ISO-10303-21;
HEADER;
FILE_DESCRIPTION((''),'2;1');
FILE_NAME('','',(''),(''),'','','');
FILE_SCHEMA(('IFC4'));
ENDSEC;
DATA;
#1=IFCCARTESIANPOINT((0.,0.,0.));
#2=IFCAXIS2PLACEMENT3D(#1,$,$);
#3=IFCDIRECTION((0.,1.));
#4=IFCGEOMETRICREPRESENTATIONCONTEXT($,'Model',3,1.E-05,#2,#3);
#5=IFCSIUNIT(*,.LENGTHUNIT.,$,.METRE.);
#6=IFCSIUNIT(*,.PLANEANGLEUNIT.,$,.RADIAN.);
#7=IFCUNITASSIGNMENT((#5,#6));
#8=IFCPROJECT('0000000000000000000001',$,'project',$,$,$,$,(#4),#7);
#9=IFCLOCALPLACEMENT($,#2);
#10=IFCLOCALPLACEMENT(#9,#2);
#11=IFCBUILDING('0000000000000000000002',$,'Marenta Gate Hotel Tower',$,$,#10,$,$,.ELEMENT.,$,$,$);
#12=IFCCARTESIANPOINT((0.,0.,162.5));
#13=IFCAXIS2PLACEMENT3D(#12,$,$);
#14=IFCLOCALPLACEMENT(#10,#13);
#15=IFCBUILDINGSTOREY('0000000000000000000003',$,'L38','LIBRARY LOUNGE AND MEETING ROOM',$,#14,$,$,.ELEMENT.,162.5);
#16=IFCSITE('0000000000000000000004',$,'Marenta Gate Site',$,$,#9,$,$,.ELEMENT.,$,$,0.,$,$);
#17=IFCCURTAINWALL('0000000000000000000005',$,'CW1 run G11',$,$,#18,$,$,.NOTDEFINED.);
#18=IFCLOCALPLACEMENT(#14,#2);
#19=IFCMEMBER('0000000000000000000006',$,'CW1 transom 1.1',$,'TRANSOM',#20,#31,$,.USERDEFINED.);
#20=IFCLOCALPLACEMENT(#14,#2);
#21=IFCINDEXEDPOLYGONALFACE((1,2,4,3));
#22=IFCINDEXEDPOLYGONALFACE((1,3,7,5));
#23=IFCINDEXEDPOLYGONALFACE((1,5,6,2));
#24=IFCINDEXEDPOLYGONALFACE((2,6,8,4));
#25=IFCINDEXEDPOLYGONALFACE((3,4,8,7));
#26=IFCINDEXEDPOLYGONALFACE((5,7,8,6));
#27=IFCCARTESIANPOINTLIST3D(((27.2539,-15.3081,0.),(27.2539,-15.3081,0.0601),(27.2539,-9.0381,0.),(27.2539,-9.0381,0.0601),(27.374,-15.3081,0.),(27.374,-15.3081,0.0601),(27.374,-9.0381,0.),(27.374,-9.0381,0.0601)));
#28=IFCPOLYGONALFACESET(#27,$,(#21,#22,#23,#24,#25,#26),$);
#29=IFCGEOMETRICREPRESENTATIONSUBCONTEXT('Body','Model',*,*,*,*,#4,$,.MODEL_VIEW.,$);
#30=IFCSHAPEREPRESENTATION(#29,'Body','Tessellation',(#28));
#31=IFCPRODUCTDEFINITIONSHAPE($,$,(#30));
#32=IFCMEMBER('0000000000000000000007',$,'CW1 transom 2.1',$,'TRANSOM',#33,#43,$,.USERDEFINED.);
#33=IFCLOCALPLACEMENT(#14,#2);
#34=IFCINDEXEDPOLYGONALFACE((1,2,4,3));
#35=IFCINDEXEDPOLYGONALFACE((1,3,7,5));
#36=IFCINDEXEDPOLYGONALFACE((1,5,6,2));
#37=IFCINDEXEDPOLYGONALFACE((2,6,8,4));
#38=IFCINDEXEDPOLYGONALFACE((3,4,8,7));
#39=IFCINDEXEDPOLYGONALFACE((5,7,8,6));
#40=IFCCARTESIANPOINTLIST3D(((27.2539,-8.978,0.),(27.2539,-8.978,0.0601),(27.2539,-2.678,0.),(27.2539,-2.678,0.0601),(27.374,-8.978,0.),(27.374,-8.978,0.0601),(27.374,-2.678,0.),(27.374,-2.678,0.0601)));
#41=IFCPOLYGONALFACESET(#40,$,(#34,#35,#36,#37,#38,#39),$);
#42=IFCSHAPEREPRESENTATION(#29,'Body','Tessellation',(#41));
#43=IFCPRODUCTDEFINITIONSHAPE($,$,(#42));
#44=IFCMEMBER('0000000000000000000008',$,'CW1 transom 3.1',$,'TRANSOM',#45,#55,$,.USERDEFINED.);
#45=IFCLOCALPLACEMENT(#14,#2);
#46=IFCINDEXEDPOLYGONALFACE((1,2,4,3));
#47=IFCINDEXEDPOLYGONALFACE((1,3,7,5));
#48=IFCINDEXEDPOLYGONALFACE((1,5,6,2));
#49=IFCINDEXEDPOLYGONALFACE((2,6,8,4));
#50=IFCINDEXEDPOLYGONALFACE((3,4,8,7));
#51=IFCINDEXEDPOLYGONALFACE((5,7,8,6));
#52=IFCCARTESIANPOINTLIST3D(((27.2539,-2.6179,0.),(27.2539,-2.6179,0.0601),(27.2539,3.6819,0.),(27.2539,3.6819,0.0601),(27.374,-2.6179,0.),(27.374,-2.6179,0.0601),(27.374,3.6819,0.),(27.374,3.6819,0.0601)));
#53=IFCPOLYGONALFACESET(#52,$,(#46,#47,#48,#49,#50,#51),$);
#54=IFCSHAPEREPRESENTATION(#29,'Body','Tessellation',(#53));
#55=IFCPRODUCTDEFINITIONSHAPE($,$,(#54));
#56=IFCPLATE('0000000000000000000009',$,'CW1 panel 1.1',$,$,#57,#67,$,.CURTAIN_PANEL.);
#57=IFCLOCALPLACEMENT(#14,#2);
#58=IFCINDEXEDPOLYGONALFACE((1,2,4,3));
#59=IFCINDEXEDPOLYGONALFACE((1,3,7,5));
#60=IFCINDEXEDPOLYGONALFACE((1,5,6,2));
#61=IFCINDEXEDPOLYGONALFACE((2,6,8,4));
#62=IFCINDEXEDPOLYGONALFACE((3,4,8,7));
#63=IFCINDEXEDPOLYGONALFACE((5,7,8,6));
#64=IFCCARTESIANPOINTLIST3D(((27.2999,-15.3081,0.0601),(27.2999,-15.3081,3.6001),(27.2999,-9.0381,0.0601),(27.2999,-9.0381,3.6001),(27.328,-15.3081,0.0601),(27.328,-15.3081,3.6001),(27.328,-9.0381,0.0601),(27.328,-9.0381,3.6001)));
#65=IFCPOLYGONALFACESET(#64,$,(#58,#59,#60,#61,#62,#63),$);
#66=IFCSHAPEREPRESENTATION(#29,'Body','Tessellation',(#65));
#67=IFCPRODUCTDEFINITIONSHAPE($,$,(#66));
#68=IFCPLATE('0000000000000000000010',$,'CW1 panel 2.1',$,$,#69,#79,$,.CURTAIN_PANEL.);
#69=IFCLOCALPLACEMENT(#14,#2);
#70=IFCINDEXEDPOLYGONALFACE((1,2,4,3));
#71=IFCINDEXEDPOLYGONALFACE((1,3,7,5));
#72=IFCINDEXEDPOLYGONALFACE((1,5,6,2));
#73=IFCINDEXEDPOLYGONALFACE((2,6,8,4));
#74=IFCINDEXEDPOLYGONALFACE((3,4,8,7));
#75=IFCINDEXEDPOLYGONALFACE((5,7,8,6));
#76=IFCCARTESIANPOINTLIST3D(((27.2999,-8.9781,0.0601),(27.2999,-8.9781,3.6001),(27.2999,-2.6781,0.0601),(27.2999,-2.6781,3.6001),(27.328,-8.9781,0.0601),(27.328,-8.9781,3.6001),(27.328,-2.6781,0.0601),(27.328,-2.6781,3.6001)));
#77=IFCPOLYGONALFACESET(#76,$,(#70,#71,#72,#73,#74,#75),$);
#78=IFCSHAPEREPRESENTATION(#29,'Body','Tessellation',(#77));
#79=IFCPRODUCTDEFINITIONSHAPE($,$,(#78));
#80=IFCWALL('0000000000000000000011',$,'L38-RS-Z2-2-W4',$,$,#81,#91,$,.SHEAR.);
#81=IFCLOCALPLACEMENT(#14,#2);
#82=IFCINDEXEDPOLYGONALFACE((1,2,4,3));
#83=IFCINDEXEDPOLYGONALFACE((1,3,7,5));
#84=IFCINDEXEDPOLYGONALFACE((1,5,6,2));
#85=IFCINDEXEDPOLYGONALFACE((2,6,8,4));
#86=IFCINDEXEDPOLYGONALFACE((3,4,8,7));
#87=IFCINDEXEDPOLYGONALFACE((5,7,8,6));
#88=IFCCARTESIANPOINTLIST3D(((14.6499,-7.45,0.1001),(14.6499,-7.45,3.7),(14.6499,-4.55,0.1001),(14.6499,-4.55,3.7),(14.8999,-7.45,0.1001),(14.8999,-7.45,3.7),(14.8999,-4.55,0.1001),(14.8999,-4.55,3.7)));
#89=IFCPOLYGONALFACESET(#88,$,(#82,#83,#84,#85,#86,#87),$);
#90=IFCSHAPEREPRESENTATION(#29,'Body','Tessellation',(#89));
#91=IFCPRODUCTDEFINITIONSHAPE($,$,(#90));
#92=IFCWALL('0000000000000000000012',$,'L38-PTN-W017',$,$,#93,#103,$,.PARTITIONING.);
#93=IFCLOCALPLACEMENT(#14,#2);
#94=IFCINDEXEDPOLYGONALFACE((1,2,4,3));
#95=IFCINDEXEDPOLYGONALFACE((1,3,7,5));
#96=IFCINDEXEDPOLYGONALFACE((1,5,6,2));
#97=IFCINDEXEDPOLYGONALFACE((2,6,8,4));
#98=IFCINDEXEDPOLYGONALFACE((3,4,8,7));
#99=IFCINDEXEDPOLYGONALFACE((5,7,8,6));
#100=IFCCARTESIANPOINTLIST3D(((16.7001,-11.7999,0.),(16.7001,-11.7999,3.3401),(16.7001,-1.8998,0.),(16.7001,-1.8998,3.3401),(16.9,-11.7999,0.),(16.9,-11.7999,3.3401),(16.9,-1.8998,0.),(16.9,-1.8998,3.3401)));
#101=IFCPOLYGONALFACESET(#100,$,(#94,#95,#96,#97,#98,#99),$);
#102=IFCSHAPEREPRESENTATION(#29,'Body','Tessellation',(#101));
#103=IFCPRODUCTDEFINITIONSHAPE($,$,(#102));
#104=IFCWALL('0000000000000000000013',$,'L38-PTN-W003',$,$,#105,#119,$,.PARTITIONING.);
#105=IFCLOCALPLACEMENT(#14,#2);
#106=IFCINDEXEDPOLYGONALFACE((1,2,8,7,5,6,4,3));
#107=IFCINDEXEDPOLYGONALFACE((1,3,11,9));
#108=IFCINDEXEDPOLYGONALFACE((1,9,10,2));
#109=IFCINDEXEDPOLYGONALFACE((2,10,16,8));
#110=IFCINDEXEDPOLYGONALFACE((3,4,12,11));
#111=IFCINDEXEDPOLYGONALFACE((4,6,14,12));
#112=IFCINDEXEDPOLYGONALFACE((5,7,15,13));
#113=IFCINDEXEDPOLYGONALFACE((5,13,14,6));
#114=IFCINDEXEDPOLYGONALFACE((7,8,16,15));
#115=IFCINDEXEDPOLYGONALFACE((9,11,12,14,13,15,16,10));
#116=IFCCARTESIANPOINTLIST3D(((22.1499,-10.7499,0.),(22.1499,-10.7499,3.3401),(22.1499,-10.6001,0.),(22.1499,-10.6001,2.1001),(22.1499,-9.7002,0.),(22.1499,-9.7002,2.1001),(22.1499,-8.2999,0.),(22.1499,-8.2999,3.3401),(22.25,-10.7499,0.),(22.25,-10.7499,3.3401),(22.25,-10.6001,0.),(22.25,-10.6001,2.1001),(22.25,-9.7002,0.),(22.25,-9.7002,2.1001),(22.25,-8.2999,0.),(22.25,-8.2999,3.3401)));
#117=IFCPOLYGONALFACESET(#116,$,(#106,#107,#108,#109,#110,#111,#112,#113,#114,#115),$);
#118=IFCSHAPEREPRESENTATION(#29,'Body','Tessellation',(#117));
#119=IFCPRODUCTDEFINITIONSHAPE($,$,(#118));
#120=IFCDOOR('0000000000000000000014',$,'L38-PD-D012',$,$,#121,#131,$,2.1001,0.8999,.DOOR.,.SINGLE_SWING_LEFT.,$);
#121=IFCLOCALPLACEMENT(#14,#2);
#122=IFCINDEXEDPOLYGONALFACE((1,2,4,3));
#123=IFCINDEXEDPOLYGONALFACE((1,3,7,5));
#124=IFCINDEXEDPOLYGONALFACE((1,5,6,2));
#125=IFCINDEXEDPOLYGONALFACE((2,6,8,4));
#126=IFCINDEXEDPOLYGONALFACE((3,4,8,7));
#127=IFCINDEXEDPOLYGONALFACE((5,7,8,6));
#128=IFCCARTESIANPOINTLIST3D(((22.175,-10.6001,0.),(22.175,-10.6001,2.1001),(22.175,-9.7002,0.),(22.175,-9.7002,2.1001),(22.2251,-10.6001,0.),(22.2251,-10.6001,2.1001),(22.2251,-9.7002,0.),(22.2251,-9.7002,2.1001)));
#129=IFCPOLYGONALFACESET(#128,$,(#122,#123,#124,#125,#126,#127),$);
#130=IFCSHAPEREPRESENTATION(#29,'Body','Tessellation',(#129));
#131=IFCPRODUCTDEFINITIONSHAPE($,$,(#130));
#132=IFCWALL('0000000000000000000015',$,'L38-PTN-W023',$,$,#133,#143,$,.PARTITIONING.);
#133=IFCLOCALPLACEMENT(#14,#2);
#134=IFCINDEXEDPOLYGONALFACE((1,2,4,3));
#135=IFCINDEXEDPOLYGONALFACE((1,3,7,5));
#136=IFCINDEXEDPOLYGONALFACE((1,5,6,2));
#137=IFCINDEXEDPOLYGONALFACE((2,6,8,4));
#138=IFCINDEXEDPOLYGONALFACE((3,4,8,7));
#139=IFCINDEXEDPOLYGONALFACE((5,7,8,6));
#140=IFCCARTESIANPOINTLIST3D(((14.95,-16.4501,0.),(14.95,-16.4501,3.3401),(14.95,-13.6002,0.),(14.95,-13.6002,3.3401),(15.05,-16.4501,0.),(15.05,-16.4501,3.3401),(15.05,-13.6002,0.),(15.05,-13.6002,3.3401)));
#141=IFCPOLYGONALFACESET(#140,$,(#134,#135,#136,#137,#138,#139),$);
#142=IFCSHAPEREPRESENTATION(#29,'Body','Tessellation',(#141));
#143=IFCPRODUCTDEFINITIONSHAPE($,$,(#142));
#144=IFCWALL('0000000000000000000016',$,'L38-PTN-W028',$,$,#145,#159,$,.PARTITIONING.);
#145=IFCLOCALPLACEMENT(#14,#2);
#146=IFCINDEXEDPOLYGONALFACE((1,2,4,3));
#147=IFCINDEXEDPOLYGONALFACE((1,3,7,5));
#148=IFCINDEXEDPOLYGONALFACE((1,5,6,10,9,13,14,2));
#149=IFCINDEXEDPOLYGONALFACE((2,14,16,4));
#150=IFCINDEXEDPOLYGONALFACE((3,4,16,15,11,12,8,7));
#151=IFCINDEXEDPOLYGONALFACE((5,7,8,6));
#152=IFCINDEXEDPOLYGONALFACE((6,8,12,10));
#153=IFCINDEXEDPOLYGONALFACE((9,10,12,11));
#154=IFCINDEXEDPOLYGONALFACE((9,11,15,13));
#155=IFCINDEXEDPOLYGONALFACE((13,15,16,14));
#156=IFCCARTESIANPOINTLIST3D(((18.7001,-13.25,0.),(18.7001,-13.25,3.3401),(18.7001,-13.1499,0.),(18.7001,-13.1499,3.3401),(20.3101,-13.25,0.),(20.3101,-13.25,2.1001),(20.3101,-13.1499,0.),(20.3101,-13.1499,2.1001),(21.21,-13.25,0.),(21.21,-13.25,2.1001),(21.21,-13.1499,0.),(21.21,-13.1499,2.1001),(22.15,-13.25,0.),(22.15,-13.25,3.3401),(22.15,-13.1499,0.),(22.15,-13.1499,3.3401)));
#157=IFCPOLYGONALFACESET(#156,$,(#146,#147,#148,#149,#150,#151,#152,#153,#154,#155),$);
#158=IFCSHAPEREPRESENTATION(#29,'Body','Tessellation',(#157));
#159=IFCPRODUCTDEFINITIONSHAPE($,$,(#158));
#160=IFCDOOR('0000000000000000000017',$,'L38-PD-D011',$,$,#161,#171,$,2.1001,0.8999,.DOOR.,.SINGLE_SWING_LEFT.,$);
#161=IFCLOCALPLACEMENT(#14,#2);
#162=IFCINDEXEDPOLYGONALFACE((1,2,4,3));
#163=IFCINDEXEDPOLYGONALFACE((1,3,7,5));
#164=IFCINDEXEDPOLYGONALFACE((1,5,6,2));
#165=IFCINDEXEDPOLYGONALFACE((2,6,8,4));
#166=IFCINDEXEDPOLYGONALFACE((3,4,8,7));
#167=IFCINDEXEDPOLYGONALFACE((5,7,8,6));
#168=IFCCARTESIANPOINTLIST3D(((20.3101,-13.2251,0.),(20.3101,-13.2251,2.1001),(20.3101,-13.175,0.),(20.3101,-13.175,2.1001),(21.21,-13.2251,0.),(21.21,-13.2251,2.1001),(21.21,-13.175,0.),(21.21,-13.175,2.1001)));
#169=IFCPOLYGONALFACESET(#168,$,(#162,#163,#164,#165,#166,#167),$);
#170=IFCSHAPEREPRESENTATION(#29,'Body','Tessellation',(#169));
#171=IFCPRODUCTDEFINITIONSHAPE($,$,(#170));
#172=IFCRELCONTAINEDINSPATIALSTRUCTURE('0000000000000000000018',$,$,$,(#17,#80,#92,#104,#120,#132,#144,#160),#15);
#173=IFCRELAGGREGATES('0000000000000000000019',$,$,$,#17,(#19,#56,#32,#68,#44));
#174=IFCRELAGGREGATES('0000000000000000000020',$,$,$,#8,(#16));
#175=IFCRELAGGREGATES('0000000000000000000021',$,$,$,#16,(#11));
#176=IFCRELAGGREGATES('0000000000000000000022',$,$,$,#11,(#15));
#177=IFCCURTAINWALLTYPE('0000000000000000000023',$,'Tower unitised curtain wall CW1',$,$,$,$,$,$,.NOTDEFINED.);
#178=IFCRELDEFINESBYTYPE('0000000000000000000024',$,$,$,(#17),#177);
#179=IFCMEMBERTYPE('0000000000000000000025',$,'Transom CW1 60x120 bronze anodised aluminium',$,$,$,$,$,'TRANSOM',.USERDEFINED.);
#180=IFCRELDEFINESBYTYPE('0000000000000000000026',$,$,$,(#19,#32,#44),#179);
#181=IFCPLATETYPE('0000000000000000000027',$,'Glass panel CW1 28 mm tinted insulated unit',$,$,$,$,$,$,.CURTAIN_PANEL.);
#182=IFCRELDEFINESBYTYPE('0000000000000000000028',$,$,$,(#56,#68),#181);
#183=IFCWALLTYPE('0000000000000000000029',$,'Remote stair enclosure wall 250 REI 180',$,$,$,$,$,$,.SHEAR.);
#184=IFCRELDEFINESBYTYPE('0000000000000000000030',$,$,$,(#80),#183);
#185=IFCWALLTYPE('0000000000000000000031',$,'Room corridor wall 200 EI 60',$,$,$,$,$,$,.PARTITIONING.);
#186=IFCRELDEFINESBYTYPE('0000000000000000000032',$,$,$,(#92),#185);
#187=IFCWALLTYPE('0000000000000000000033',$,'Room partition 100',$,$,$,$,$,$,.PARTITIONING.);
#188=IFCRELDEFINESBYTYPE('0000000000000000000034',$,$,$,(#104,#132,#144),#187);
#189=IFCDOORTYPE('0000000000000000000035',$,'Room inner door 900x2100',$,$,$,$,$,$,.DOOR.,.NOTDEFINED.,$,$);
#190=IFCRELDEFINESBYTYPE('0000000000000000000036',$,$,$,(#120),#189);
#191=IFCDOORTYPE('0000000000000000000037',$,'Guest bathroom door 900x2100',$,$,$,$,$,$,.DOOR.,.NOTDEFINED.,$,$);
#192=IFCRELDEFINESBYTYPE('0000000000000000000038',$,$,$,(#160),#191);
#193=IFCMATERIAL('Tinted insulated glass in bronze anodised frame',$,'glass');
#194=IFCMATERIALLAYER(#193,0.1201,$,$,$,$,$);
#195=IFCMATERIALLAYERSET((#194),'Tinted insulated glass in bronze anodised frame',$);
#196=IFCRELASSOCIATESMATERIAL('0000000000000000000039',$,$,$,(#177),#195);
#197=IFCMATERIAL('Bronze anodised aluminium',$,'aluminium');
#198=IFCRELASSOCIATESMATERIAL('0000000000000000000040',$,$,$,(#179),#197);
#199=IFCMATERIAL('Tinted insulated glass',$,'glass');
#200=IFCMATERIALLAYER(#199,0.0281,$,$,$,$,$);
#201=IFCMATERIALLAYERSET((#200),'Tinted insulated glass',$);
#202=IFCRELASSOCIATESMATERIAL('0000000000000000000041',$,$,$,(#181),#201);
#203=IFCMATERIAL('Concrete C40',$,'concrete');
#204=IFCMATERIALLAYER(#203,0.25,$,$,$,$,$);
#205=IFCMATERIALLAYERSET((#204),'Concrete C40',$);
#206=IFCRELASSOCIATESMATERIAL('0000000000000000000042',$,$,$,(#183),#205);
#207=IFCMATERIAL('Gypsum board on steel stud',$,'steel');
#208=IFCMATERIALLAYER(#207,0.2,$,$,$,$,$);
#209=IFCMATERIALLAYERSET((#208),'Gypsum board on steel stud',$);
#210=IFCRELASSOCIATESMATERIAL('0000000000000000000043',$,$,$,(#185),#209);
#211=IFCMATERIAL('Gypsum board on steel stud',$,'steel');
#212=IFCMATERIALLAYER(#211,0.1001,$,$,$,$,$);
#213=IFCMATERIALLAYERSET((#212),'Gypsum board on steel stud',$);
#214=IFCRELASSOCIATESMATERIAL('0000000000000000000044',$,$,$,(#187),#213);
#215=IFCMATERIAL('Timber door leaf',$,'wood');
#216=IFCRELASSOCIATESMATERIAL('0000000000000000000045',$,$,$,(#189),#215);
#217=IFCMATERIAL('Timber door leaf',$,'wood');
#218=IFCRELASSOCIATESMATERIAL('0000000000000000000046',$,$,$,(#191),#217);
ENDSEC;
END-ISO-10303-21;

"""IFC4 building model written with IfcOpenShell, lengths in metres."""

from ifc_helpers import new_model, si_unit, direction, frame, frame_2d, origin, origin_2d, place, context, subcontext, project, spatial, rectangle, extrude, material, layer, layer_set, material_profile, profile_set, type_object, element, fill, aggregate, save


model = new_model("IFC4")

# Units and contexts
model_context = context("Model", 3, precision=1e-05, world=origin(), true_north=direction((0.0, 1.0)))
body_context = subcontext(model_context, "Body", "Model", "MODEL_VIEW")
ifc_project = project(units=[si_unit("LENGTHUNIT", "METRE"), si_unit("PLANEANGLEUNIT", "RADIAN")], contexts=[model_context])

# Site, building, storey
site_placement = place(None, origin())
site = spatial("IfcSite", under=ifc_project, at=site_placement, Name="Marenta Gate Site", CompositionType="ELEMENT", RefElevation=0.0)
building_placement = place(site_placement, origin())
building = spatial("IfcBuilding", under=site, at=building_placement, Name="Marenta Gate Hotel Tower", CompositionType="ELEMENT")
storey_placement = place(building_placement, frame((0.0, 0.0, 162.5)))
storey = spatial("IfcBuildingStorey", under=building, at=storey_placement, Name="L38", Description="LIBRARY LOUNGE AND MEETING ROOM", CompositionType="ELEMENT", Elevation=162.5)

# Curtain wall, members, plates
ifc_material_1 = material(Name="Tinted insulated glass in bronze anodised frame", Category="glass")
ifc_layer_1 = layer(ifc_material_1, 0.1201)
ifc_layer_set_1 = layer_set([ifc_layer_1], Name="Tinted insulated glass in bronze anodised frame")
curtain_wall_type = type_object("IfcCurtainWallType", Name="Tower unitised curtain wall CW1", PredefinedType="NOTDEFINED", material=ifc_layer_set_1)
curtain_wall_placement = place(storey_placement, origin())
curtain_wall = element("IfcCurtainWall", 1, at=curtain_wall_placement, inside=storey, type_object=curtain_wall_type, Name="CW1 run G11", PredefinedType="NOTDEFINED")
ifc_material_2 = material(Name="Bronze anodised aluminium", Category="aluminium")
ifc_material_profile_1 = material_profile(ifc_material_2, rectangle(XDim=0.1201, YDim=0.0601, at=origin_2d()), Name="Transom CW1 60x120 bronze anodised aluminium")
ifc_profile_set_1 = profile_set([ifc_material_profile_1], Name="Bronze anodised aluminium")
member_type_1 = type_object("IfcMemberType", Name="Transom CW1 60x120 bronze anodised aluminium", ElementType="TRANSOM", PredefinedType="USERDEFINED", material=ifc_profile_set_1)
member_1_placement = place(storey_placement, frame((27.314, -15.3081, 0.03), z_axis=(0.0, 1.0, 0.0), x_axis=(-1.0, 0.0, 0.0)))
member_1 = element("IfcMember", 2, at=member_1_placement, type_object=member_type_1, Name="CW1 transom 1.1", ObjectType="TRANSOM", PredefinedType="USERDEFINED", context=body_context, shape_type="SweptSolid", body=[
    extrude(rectangle(XDim=0.1201, YDim=0.0601, at=origin_2d()), origin(), (0.0, 0.0, 1.0), 6.27),
])
member_2_placement = place(storey_placement, frame((27.314, -8.978, 0.03), z_axis=(0.0, 1.0, 0.0), x_axis=(-1.0, 0.0, 0.0)))
member_2 = element("IfcMember", 3, at=member_2_placement, type_object=member_type_1, Name="CW1 transom 2.1", ObjectType="TRANSOM", PredefinedType="USERDEFINED", context=body_context, shape_type="SweptSolid", body=[
    extrude(rectangle(XDim=0.1201, YDim=0.0601, at=origin_2d()), origin(), (0.0, 0.0, 1.0), 6.3),
])
member_3_placement = place(storey_placement, frame((27.314, -2.6179, 0.03), z_axis=(0.0, 1.0, 0.0), x_axis=(-1.0, 0.0, 0.0)))
member_3 = element("IfcMember", 4, at=member_3_placement, type_object=member_type_1, Name="CW1 transom 3.1", ObjectType="TRANSOM", PredefinedType="USERDEFINED", context=body_context, shape_type="SweptSolid", body=[
    extrude(rectangle(XDim=0.1201, YDim=0.0601, at=origin_2d()), origin(), (0.0, 0.0, 1.0), 6.2998),
])
ifc_material_3 = material(Name="Tinted insulated glass", Category="glass")
ifc_layer_2 = layer(ifc_material_3, 0.0281)
ifc_layer_set_2 = layer_set([ifc_layer_2], Name="Tinted insulated glass")
plate_type = type_object("IfcPlateType", Name="Glass panel CW1 28 mm tinted insulated unit", PredefinedType="CURTAIN_PANEL", material=ifc_layer_set_2)
plate_1_placement = place(storey_placement, frame((27.314, -12.1731, 0.0601), z_axis=(0.0, 0.0, 1.0), x_axis=(0.0, 1.0, 0.0)))
plate_1 = element("IfcPlate", 5, at=plate_1_placement, type_object=plate_type, Name="CW1 panel 1.1", PredefinedType="CURTAIN_PANEL", context=body_context, shape_type="SweptSolid", body=[
    extrude(rectangle(XDim=6.27, YDim=0.0281, at=origin_2d()), origin(), (0.0, 0.0, 1.0), 3.54),
])
plate_2_placement = place(storey_placement, frame((27.314, -5.8281, 0.0601), z_axis=(0.0, 0.0, 1.0), x_axis=(0.0, 1.0, 0.0)))
plate_2 = element("IfcPlate", 6, at=plate_2_placement, type_object=plate_type, Name="CW1 panel 2.1", PredefinedType="CURTAIN_PANEL", context=body_context, shape_type="SweptSolid", body=[
    extrude(rectangle(XDim=6.3, YDim=0.0281, at=origin_2d()), origin(), (0.0, 0.0, 1.0), 3.54),
])
aggregate(curtain_wall, [member_1, plate_1, member_2, plate_2, member_3])

# Walls
ifc_material_4 = material(Name="Concrete C40", Category="concrete")
ifc_layer_3 = layer(ifc_material_4, 0.25)
ifc_layer_set_3 = layer_set([ifc_layer_3], Name="Concrete C40")
wall_type_1 = type_object("IfcWallType", Name="Remote stair enclosure wall 250 REI 180", PredefinedType="SHEAR", material=ifc_layer_set_3)
wall_1_placement = place(storey_placement, frame((14.7749, -7.45, 0.1001), z_axis=(0.0, 0.0, 1.0), x_axis=(0.0, 1.0, 0.0)))
element("IfcWall", 7, at=wall_1_placement, inside=storey, type_object=wall_type_1, Name="L38-RS-Z2-2-W4", PredefinedType="SHEAR", context=body_context, shape_type="SweptSolid", body=[
    extrude(rectangle(XDim=2.8999, YDim=0.25, at=frame_2d((1.45, 0.0))), origin(), (0.0, 0.0, 1.0), 3.5999),
])
ifc_material_5 = material(Name="Gypsum board on steel stud", Category="steel")
ifc_layer_4 = layer(ifc_material_5, 0.2)
ifc_layer_set_4 = layer_set([ifc_layer_4], Name="Gypsum board on steel stud")
wall_type_2 = type_object("IfcWallType", Name="Room corridor wall 200 EI 60", PredefinedType="PARTITIONING", material=ifc_layer_set_4)
wall_2_placement = place(storey_placement, frame((16.8, -11.8, 0.0), z_axis=(0.0, 0.0, 1.0), x_axis=(0.0, 1.0, 0.0)))
element("IfcWall", 8, at=wall_2_placement, inside=storey, type_object=wall_type_2, Name="L38-PTN-W017", PredefinedType="PARTITIONING", context=body_context, shape_type="SweptSolid", body=[
    extrude(rectangle(XDim=9.9001, YDim=0.2, at=frame_2d((4.9502, 0.0))), origin(), (0.0, 0.0, 1.0), 3.3401),
])

# Wall, opening, door
ifc_material_6 = material(Name="Gypsum board on steel stud", Category="steel")
ifc_layer_5 = layer(ifc_material_6, 0.1001)
ifc_layer_set_5 = layer_set([ifc_layer_5], Name="Gypsum board on steel stud")
wall_type_3 = type_object("IfcWallType", Name="Room partition 100", PredefinedType="PARTITIONING", material=ifc_layer_set_5)
wall_3_placement = place(storey_placement, frame((22.2, -10.75, 0.0), z_axis=(0.0, 0.0, 1.0), x_axis=(0.0, 1.0, 0.0)))
wall_3 = element("IfcWall", 9, at=wall_3_placement, inside=storey, type_object=wall_type_3, Name="L38-PTN-W003", PredefinedType="PARTITIONING", context=body_context, shape_type="SweptSolid", body=[
    extrude(rectangle(XDim=2.45, YDim=0.1001, at=frame_2d((1.2251, 0.0))), origin(), (0.0, 0.0, 1.0), 3.3401),
])
opening_1_placement = place(wall_3_placement, frame((0.1499, 0.0, 0.0)))
opening_1 = element("IfcOpeningElement", 10, at=opening_1_placement, cuts=wall_3, PredefinedType="OPENING", context=body_context, shape_type="SweptSolid", body=[
    extrude(rectangle(XDim=0.8999, YDim=2.1001, at=frame_2d((0.45, 1.05))), frame((0.0, 0.05, 0.0), z_axis=(0.0, -1.0, 0.0), x_axis=(1.0, 0.0, 0.0)), (0.0, 0.0, 1.0), 0.1001),
])
ifc_material_7 = material(Name="Timber door leaf", Category="wood")
door_type_1 = type_object("IfcDoorType", Name="Room inner door 900x2100", OperationType="NOTDEFINED", PredefinedType="DOOR", material=ifc_material_7)
door_1_placement = place(opening_1_placement, origin())
door_1 = element("IfcDoor", 11, at=door_1_placement, inside=storey, type_object=door_type_1, Name="L38-PD-D012", OperationType="SINGLE_SWING_LEFT", OverallHeight=2.1001, OverallWidth=0.8999, PredefinedType="DOOR", context=body_context, shape_type="SweptSolid", body=[
    extrude(rectangle(XDim=0.8999, YDim=2.1001, at=frame_2d((0.45, 1.05))), frame((0.0, 0.0249, 0.0), z_axis=(0.0, -1.0, 0.0), x_axis=(1.0, 0.0, 0.0)), (0.0, 0.0, 1.0), 0.05),
])
fill(opening_1, door_1)

# Wall
wall_4_placement = place(storey_placement, frame((15.0, -16.45, 0.0), z_axis=(0.0, 0.0, 1.0), x_axis=(0.0, 1.0, 0.0)))
element("IfcWall", 12, at=wall_4_placement, inside=storey, type_object=wall_type_3, Name="L38-PTN-W023", PredefinedType="PARTITIONING", context=body_context, shape_type="SweptSolid", body=[
    extrude(rectangle(XDim=2.8499, YDim=0.1001, at=frame_2d((1.4248, 0.0))), origin(), (0.0, 0.0, 1.0), 3.3401),
])

# Wall, opening, door
wall_5_placement = place(storey_placement, frame((18.7, -13.2, 0.0), z_axis=(0.0, 0.0, 1.0), x_axis=(1.0, 0.0, 0.0)))
wall_5 = element("IfcWall", 13, at=wall_5_placement, inside=storey, type_object=wall_type_3, Name="L38-PTN-W028", PredefinedType="PARTITIONING", context=body_context, shape_type="SweptSolid", body=[
    extrude(rectangle(XDim=3.45, YDim=0.1001, at=frame_2d((1.7251, 0.0))), origin(), (0.0, 0.0, 1.0), 3.3401),
])
opening_2_placement = place(wall_5_placement, frame((1.6101, 0.0, 0.0)))
opening_2 = element("IfcOpeningElement", 14, at=opening_2_placement, cuts=wall_5, PredefinedType="OPENING", context=body_context, shape_type="SweptSolid", body=[
    extrude(rectangle(XDim=0.8999, YDim=2.1001, at=frame_2d((0.45, 1.05))), frame((0.0, 0.05, 0.0), z_axis=(0.0, -1.0, 0.0), x_axis=(1.0, 0.0, 0.0)), (0.0, 0.0, 1.0), 0.1001),
])
ifc_material_8 = material(Name="Timber door leaf", Category="wood")
door_type_2 = type_object("IfcDoorType", Name="Guest bathroom door 900x2100", OperationType="NOTDEFINED", PredefinedType="DOOR", material=ifc_material_8)
door_2_placement = place(opening_2_placement, origin())
door_2 = element("IfcDoor", 15, at=door_2_placement, inside=storey, type_object=door_type_2, Name="L38-PD-D011", OperationType="SINGLE_SWING_LEFT", OverallHeight=2.1001, OverallWidth=0.8999, PredefinedType="DOOR", context=body_context, shape_type="SweptSolid", body=[
    extrude(rectangle(XDim=0.8999, YDim=2.1001, at=frame_2d((0.45, 1.05))), frame((0.0, 0.0249, 0.0), z_axis=(0.0, -1.0, 0.0), x_axis=(1.0, 0.0, 0.0)), (0.0, 0.0, 1.0), 0.05),
])
fill(opening_2, door_2)

save(model, "model.ifc")
